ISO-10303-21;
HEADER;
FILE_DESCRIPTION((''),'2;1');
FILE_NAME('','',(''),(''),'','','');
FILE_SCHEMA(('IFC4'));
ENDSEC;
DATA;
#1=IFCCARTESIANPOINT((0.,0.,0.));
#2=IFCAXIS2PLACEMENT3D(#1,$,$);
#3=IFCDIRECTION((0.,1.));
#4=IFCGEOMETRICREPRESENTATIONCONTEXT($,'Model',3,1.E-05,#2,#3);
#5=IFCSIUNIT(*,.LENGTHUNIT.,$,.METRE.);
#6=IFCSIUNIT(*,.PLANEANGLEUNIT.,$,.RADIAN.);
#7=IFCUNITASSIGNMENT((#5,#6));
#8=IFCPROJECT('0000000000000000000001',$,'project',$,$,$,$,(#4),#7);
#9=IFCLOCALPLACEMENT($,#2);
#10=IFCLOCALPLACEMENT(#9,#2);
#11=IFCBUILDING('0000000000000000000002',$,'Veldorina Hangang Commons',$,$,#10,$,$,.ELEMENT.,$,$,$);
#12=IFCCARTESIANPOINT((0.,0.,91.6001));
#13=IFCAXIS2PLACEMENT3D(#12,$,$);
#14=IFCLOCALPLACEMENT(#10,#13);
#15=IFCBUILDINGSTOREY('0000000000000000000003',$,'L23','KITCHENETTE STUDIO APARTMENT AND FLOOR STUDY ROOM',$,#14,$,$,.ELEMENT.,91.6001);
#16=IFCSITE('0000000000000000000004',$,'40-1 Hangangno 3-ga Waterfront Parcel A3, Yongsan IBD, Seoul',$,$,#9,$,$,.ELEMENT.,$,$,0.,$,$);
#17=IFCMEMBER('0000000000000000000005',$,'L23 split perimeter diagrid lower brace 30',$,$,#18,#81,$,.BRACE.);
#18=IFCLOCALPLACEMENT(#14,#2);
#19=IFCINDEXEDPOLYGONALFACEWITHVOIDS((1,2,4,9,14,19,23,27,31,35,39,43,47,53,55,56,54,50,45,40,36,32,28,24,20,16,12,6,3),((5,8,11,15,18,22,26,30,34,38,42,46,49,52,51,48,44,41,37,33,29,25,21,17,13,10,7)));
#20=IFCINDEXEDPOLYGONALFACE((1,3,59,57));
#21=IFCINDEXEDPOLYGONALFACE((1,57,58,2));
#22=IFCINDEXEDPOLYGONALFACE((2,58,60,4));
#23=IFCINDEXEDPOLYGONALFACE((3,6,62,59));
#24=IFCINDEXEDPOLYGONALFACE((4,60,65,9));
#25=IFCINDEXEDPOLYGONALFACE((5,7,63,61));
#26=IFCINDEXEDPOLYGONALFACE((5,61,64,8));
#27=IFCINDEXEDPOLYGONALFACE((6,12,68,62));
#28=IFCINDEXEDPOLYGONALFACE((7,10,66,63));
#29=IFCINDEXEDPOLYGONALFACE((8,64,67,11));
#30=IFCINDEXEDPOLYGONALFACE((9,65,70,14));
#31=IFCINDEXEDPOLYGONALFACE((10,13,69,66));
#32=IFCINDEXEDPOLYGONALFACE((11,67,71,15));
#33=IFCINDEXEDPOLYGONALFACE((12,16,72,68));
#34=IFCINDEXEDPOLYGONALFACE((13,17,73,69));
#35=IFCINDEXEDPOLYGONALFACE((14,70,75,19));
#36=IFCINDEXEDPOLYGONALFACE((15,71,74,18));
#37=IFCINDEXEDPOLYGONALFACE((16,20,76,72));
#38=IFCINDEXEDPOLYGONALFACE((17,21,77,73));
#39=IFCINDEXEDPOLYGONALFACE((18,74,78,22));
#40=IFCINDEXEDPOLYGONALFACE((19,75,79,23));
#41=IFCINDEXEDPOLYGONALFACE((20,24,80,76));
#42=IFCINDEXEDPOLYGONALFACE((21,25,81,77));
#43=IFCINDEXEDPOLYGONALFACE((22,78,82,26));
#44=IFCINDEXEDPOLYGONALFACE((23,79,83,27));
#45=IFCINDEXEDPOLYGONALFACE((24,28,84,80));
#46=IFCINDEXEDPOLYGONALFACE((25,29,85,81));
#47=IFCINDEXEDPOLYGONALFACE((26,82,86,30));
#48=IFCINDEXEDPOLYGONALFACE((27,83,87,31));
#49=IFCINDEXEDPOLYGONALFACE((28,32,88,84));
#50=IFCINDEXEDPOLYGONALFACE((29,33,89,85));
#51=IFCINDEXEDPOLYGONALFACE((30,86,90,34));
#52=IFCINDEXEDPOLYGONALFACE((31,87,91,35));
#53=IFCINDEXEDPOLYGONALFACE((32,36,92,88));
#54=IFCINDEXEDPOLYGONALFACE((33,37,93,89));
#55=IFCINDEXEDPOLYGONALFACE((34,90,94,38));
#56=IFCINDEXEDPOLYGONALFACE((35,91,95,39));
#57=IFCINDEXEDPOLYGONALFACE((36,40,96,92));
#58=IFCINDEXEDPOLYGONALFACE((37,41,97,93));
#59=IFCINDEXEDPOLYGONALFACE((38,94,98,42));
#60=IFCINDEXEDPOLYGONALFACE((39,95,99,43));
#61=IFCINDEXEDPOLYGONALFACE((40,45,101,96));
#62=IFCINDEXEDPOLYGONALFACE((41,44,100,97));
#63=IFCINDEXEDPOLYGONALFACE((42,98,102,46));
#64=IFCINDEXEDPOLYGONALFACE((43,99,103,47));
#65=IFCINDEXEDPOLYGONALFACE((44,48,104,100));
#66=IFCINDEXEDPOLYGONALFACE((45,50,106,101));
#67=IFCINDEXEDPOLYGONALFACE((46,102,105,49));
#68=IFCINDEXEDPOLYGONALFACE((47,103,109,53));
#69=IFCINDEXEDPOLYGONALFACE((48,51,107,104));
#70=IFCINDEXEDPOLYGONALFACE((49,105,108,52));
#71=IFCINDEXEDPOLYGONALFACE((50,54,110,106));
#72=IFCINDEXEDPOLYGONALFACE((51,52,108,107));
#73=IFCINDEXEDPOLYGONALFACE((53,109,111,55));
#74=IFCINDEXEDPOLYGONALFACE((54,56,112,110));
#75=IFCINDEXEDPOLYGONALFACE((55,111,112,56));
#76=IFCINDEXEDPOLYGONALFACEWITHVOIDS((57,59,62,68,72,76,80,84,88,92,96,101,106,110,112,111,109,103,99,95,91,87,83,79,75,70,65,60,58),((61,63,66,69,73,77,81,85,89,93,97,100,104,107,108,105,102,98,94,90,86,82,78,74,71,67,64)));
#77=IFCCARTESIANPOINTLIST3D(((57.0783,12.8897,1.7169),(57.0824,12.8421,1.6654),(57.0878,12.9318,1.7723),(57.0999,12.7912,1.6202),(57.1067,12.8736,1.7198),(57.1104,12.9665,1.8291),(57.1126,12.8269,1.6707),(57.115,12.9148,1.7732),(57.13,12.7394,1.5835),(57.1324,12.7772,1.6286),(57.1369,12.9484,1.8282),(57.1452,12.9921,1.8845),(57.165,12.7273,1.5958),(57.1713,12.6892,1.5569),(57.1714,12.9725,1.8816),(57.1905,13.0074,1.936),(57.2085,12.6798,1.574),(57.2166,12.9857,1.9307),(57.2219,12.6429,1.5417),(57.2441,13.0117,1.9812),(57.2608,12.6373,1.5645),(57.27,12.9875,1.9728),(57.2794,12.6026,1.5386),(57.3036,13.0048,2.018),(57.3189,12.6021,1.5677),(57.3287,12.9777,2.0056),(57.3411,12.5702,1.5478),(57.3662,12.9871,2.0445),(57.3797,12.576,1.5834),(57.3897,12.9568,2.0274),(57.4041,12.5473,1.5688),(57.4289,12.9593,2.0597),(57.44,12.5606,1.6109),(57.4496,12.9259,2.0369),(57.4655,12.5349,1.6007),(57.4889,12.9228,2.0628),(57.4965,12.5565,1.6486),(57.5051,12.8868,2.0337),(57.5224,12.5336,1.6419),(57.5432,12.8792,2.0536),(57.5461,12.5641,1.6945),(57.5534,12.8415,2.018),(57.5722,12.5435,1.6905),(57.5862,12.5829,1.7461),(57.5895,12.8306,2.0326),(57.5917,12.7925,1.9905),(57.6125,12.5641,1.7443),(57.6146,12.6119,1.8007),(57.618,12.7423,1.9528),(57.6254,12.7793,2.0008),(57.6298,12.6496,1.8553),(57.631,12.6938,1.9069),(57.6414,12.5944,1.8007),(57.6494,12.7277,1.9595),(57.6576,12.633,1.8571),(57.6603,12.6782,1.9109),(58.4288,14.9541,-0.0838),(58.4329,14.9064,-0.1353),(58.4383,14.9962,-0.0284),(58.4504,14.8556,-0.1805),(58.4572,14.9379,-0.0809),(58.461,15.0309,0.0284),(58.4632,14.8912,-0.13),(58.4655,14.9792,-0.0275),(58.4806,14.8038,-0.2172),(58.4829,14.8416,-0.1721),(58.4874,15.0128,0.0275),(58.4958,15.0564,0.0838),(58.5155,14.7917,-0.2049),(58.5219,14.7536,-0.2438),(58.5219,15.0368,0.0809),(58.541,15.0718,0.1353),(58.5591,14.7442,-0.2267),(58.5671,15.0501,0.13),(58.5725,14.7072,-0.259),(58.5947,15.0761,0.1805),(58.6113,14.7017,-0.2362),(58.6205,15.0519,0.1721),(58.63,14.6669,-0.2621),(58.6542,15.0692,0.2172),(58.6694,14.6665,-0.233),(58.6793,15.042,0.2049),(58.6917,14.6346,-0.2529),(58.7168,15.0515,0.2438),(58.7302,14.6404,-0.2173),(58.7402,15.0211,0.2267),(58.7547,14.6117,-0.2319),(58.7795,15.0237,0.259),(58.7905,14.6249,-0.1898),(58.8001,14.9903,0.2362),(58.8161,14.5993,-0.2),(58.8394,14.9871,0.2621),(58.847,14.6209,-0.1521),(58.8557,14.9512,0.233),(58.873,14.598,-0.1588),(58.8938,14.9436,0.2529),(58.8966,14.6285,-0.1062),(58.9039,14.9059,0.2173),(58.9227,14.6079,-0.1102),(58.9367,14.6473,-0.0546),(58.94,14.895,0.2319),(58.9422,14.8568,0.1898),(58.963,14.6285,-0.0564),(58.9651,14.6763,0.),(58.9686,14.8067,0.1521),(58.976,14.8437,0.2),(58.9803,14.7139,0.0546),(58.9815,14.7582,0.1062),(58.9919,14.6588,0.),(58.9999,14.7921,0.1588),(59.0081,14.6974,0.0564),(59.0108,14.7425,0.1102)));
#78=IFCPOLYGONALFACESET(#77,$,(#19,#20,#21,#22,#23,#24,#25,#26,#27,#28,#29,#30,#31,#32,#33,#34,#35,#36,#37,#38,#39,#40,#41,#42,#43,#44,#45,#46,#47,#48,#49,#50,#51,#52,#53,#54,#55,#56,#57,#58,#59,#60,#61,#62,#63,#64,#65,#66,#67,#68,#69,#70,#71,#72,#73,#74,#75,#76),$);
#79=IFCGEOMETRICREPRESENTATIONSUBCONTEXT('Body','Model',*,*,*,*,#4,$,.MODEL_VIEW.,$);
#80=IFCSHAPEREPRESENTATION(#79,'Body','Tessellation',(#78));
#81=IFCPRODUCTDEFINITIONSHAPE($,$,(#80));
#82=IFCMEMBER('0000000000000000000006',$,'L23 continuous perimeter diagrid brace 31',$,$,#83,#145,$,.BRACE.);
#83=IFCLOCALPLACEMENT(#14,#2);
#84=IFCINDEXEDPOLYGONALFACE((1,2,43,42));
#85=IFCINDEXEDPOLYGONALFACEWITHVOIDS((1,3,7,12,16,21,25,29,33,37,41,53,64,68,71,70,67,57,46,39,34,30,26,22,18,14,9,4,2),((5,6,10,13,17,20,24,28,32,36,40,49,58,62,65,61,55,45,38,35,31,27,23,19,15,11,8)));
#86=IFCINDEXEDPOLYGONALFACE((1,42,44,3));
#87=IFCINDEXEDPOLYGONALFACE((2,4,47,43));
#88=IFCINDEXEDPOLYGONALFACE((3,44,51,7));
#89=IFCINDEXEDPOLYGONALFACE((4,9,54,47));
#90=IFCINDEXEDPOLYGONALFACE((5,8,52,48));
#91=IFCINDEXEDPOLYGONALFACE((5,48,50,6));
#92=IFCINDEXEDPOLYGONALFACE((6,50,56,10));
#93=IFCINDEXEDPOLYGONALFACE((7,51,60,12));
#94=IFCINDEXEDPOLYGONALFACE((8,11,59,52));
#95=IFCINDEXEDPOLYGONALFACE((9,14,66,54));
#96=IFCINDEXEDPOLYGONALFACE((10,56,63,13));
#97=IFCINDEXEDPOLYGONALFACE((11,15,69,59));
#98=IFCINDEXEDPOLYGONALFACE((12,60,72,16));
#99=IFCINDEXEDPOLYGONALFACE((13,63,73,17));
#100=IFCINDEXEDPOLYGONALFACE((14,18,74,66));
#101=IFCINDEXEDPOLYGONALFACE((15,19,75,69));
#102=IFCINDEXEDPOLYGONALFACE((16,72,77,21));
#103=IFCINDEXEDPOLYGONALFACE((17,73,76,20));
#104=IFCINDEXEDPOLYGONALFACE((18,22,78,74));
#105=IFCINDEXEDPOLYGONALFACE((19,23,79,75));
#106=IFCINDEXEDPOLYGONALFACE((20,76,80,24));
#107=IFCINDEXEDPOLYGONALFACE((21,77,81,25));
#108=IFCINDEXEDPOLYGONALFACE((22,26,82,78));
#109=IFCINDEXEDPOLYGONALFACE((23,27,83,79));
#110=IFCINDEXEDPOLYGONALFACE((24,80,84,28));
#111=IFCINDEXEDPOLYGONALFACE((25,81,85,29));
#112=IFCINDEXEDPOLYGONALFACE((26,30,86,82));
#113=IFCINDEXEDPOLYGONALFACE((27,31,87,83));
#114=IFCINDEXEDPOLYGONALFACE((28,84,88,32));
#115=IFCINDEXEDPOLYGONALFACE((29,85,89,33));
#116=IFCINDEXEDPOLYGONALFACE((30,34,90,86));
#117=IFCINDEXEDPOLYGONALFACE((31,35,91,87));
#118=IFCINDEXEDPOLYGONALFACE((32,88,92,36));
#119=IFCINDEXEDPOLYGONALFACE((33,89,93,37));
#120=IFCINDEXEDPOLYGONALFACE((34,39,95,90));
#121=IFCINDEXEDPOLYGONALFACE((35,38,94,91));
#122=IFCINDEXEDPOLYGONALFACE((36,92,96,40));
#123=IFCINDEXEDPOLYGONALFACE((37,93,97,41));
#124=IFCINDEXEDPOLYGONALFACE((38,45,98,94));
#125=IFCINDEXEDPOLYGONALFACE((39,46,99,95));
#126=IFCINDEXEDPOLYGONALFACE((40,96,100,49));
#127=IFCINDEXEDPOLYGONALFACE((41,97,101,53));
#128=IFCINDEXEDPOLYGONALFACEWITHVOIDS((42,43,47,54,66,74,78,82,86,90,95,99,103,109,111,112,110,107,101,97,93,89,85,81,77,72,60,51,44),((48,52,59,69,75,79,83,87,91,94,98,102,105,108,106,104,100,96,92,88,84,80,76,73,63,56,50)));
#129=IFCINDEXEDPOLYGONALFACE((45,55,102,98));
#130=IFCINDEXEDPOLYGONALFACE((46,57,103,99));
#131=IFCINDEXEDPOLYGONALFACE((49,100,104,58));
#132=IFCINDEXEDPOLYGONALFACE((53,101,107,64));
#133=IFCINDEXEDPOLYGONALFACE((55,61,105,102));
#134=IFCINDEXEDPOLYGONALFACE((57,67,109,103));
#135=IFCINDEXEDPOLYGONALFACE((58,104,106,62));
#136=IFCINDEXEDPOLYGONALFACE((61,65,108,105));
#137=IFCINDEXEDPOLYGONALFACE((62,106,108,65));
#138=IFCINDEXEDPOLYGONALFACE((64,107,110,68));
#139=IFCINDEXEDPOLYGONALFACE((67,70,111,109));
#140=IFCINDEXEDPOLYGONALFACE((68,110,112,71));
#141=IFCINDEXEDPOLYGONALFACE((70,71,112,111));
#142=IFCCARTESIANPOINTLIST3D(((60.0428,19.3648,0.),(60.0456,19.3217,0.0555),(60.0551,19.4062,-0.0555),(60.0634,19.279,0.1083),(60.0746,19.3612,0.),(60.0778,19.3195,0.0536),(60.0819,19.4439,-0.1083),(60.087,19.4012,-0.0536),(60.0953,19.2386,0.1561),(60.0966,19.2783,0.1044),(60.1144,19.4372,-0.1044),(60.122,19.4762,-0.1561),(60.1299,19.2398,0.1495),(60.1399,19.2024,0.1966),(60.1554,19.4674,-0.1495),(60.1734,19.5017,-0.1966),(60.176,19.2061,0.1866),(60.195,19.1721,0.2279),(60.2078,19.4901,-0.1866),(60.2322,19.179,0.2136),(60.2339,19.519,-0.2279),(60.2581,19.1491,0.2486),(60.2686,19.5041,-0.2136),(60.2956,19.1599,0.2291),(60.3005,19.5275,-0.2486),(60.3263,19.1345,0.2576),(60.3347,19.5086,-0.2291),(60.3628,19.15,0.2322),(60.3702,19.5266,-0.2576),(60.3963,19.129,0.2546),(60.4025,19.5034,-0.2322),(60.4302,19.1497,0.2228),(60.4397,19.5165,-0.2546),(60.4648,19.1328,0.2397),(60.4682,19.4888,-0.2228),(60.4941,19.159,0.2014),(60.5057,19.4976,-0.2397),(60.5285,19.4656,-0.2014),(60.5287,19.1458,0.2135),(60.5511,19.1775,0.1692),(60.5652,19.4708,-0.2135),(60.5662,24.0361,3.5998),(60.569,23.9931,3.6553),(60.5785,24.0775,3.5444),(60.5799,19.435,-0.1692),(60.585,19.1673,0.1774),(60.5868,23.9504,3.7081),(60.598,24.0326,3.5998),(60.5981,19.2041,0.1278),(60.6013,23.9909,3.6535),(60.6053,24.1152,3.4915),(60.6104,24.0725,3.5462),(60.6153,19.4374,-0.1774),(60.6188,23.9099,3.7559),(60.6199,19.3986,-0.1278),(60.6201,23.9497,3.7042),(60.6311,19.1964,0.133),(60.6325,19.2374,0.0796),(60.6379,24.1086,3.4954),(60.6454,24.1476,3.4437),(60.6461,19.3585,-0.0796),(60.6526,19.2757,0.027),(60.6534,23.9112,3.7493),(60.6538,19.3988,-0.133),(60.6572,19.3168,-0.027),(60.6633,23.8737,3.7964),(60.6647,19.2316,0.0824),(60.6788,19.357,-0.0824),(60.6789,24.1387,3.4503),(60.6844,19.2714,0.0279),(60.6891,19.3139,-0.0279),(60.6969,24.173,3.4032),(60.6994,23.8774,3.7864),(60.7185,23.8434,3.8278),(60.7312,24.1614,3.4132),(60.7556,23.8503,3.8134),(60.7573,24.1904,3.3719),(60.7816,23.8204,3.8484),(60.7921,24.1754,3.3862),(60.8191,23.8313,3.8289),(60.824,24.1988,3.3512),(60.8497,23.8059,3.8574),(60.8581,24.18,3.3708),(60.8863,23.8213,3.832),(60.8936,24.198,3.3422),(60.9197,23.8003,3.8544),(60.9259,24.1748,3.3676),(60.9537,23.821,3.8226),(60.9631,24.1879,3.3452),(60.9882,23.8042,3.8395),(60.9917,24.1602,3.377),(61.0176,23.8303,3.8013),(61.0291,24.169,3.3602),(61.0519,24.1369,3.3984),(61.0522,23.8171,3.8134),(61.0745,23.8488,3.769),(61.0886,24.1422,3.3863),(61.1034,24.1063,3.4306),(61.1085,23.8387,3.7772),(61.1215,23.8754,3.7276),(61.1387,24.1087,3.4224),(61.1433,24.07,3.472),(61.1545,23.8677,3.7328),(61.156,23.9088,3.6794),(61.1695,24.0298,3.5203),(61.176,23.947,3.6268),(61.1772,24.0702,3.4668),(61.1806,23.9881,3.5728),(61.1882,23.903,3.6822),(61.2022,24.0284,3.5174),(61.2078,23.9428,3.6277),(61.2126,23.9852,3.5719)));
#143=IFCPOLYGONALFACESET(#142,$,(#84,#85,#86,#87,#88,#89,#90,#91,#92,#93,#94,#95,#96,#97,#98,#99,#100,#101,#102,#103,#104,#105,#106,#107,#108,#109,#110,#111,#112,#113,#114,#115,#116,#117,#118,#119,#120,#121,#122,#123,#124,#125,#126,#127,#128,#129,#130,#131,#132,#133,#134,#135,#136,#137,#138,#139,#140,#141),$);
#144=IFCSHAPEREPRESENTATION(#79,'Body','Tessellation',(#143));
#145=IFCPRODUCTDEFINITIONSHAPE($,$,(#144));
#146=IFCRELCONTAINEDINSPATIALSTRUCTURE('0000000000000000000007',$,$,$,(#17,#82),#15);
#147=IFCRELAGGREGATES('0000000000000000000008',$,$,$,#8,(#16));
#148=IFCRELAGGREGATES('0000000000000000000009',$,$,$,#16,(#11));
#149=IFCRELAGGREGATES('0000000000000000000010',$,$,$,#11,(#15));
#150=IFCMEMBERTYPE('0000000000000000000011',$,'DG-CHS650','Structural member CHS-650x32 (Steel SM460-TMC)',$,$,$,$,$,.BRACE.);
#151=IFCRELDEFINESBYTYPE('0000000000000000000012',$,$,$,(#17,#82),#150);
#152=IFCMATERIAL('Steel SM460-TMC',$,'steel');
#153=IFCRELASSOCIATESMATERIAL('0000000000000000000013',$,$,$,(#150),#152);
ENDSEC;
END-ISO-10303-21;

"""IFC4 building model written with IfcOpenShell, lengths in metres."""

from ifc_helpers import new_model, si_unit, direction, frame, origin, origin_2d, place, context, subcontext, project, spatial, hollow_circle, extrude, material, material_profile, profile_set, type_object, element, save


model = new_model("IFC4")

# Units and contexts
model_context = context("Model", 3, precision=1e-05, world=origin(), true_north=direction((0.0, 1.0)))
body_context = subcontext(model_context, "Body", "Model", "MODEL_VIEW")
ifc_project = project(units=[si_unit("LENGTHUNIT", "METRE"), si_unit("PLANEANGLEUNIT", "RADIAN")], contexts=[model_context])

# Site, building, storey
site_placement = place(None, origin())
site = spatial("IfcSite", under=ifc_project, at=site_placement, Name="40-1 Hangangno 3-ga Waterfront Parcel A3, Yongsan IBD, Seoul", CompositionType="ELEMENT", RefElevation=0.0)
building_placement = place(site_placement, origin())
building = spatial("IfcBuilding", under=site, at=building_placement, Name="Veldorina Hangang Commons", CompositionType="ELEMENT")
storey_placement = place(building_placement, frame((0.0, 0.0, 91.6001)))
storey = spatial("IfcBuildingStorey", under=building, at=storey_placement, Name="L23", Description="KITCHENETTE STUDIO APARTMENT AND FLOOR STUDY ROOM", CompositionType="ELEMENT", Elevation=91.6001)

# Members
ifc_material_1 = material(Name="Steel SM460-TMC", Category="steel")
ifc_material_profile_1 = material_profile(ifc_material_1, hollow_circle(Radius=0.325, WallThickness=0.032, at=origin_2d()), Name="CHS-650x32")
ifc_profile_set_1 = profile_set([ifc_material_profile_1], Name="Steel SM460-TMC")
member_type_1 = type_object("IfcMemberType", Name="DG-CHS650", Description="Structural member CHS-650x32 (Steel SM460-TMC)", PredefinedType="BRACE", material=ifc_profile_set_1)
member_1_placement = place(storey_placement, frame((58.72, 14.8367, 0.0), z_axis=(-0.442189, -0.675913, 0.589585), x_axis=(0.83683, -0.547463, 0.0)))
element("IfcMember", 1, at=member_1_placement, inside=storey, type_object=member_type_1, Name="L23 split perimeter diagrid lower brace 30", PredefinedType="BRACE", context=body_context, shape_type="SweptSolid", body=[
    extrude(hollow_circle(Radius=0.325, WallThickness=0.032, at=origin_2d()), origin(), (0.0, 0.0, 1.0), 3.0542),
])
member_2_placement = place(storey_placement, frame((60.3657, 19.3286, 0.0), z_axis=(0.088408, 0.788991, 0.608011), x_axis=(-0.993781, 0.111355, 0.0)))
element("IfcMember", 2, at=member_2_placement, inside=storey, type_object=member_type_1, Name="L23 continuous perimeter diagrid brace 31", PredefinedType="BRACE", context=body_context, shape_type="SweptSolid", body=[
    extrude(hollow_circle(Radius=0.325, WallThickness=0.032, at=origin_2d()), origin(), (0.0, 0.0, 1.0), 5.9207),
])

save(model, "model.ifc")
